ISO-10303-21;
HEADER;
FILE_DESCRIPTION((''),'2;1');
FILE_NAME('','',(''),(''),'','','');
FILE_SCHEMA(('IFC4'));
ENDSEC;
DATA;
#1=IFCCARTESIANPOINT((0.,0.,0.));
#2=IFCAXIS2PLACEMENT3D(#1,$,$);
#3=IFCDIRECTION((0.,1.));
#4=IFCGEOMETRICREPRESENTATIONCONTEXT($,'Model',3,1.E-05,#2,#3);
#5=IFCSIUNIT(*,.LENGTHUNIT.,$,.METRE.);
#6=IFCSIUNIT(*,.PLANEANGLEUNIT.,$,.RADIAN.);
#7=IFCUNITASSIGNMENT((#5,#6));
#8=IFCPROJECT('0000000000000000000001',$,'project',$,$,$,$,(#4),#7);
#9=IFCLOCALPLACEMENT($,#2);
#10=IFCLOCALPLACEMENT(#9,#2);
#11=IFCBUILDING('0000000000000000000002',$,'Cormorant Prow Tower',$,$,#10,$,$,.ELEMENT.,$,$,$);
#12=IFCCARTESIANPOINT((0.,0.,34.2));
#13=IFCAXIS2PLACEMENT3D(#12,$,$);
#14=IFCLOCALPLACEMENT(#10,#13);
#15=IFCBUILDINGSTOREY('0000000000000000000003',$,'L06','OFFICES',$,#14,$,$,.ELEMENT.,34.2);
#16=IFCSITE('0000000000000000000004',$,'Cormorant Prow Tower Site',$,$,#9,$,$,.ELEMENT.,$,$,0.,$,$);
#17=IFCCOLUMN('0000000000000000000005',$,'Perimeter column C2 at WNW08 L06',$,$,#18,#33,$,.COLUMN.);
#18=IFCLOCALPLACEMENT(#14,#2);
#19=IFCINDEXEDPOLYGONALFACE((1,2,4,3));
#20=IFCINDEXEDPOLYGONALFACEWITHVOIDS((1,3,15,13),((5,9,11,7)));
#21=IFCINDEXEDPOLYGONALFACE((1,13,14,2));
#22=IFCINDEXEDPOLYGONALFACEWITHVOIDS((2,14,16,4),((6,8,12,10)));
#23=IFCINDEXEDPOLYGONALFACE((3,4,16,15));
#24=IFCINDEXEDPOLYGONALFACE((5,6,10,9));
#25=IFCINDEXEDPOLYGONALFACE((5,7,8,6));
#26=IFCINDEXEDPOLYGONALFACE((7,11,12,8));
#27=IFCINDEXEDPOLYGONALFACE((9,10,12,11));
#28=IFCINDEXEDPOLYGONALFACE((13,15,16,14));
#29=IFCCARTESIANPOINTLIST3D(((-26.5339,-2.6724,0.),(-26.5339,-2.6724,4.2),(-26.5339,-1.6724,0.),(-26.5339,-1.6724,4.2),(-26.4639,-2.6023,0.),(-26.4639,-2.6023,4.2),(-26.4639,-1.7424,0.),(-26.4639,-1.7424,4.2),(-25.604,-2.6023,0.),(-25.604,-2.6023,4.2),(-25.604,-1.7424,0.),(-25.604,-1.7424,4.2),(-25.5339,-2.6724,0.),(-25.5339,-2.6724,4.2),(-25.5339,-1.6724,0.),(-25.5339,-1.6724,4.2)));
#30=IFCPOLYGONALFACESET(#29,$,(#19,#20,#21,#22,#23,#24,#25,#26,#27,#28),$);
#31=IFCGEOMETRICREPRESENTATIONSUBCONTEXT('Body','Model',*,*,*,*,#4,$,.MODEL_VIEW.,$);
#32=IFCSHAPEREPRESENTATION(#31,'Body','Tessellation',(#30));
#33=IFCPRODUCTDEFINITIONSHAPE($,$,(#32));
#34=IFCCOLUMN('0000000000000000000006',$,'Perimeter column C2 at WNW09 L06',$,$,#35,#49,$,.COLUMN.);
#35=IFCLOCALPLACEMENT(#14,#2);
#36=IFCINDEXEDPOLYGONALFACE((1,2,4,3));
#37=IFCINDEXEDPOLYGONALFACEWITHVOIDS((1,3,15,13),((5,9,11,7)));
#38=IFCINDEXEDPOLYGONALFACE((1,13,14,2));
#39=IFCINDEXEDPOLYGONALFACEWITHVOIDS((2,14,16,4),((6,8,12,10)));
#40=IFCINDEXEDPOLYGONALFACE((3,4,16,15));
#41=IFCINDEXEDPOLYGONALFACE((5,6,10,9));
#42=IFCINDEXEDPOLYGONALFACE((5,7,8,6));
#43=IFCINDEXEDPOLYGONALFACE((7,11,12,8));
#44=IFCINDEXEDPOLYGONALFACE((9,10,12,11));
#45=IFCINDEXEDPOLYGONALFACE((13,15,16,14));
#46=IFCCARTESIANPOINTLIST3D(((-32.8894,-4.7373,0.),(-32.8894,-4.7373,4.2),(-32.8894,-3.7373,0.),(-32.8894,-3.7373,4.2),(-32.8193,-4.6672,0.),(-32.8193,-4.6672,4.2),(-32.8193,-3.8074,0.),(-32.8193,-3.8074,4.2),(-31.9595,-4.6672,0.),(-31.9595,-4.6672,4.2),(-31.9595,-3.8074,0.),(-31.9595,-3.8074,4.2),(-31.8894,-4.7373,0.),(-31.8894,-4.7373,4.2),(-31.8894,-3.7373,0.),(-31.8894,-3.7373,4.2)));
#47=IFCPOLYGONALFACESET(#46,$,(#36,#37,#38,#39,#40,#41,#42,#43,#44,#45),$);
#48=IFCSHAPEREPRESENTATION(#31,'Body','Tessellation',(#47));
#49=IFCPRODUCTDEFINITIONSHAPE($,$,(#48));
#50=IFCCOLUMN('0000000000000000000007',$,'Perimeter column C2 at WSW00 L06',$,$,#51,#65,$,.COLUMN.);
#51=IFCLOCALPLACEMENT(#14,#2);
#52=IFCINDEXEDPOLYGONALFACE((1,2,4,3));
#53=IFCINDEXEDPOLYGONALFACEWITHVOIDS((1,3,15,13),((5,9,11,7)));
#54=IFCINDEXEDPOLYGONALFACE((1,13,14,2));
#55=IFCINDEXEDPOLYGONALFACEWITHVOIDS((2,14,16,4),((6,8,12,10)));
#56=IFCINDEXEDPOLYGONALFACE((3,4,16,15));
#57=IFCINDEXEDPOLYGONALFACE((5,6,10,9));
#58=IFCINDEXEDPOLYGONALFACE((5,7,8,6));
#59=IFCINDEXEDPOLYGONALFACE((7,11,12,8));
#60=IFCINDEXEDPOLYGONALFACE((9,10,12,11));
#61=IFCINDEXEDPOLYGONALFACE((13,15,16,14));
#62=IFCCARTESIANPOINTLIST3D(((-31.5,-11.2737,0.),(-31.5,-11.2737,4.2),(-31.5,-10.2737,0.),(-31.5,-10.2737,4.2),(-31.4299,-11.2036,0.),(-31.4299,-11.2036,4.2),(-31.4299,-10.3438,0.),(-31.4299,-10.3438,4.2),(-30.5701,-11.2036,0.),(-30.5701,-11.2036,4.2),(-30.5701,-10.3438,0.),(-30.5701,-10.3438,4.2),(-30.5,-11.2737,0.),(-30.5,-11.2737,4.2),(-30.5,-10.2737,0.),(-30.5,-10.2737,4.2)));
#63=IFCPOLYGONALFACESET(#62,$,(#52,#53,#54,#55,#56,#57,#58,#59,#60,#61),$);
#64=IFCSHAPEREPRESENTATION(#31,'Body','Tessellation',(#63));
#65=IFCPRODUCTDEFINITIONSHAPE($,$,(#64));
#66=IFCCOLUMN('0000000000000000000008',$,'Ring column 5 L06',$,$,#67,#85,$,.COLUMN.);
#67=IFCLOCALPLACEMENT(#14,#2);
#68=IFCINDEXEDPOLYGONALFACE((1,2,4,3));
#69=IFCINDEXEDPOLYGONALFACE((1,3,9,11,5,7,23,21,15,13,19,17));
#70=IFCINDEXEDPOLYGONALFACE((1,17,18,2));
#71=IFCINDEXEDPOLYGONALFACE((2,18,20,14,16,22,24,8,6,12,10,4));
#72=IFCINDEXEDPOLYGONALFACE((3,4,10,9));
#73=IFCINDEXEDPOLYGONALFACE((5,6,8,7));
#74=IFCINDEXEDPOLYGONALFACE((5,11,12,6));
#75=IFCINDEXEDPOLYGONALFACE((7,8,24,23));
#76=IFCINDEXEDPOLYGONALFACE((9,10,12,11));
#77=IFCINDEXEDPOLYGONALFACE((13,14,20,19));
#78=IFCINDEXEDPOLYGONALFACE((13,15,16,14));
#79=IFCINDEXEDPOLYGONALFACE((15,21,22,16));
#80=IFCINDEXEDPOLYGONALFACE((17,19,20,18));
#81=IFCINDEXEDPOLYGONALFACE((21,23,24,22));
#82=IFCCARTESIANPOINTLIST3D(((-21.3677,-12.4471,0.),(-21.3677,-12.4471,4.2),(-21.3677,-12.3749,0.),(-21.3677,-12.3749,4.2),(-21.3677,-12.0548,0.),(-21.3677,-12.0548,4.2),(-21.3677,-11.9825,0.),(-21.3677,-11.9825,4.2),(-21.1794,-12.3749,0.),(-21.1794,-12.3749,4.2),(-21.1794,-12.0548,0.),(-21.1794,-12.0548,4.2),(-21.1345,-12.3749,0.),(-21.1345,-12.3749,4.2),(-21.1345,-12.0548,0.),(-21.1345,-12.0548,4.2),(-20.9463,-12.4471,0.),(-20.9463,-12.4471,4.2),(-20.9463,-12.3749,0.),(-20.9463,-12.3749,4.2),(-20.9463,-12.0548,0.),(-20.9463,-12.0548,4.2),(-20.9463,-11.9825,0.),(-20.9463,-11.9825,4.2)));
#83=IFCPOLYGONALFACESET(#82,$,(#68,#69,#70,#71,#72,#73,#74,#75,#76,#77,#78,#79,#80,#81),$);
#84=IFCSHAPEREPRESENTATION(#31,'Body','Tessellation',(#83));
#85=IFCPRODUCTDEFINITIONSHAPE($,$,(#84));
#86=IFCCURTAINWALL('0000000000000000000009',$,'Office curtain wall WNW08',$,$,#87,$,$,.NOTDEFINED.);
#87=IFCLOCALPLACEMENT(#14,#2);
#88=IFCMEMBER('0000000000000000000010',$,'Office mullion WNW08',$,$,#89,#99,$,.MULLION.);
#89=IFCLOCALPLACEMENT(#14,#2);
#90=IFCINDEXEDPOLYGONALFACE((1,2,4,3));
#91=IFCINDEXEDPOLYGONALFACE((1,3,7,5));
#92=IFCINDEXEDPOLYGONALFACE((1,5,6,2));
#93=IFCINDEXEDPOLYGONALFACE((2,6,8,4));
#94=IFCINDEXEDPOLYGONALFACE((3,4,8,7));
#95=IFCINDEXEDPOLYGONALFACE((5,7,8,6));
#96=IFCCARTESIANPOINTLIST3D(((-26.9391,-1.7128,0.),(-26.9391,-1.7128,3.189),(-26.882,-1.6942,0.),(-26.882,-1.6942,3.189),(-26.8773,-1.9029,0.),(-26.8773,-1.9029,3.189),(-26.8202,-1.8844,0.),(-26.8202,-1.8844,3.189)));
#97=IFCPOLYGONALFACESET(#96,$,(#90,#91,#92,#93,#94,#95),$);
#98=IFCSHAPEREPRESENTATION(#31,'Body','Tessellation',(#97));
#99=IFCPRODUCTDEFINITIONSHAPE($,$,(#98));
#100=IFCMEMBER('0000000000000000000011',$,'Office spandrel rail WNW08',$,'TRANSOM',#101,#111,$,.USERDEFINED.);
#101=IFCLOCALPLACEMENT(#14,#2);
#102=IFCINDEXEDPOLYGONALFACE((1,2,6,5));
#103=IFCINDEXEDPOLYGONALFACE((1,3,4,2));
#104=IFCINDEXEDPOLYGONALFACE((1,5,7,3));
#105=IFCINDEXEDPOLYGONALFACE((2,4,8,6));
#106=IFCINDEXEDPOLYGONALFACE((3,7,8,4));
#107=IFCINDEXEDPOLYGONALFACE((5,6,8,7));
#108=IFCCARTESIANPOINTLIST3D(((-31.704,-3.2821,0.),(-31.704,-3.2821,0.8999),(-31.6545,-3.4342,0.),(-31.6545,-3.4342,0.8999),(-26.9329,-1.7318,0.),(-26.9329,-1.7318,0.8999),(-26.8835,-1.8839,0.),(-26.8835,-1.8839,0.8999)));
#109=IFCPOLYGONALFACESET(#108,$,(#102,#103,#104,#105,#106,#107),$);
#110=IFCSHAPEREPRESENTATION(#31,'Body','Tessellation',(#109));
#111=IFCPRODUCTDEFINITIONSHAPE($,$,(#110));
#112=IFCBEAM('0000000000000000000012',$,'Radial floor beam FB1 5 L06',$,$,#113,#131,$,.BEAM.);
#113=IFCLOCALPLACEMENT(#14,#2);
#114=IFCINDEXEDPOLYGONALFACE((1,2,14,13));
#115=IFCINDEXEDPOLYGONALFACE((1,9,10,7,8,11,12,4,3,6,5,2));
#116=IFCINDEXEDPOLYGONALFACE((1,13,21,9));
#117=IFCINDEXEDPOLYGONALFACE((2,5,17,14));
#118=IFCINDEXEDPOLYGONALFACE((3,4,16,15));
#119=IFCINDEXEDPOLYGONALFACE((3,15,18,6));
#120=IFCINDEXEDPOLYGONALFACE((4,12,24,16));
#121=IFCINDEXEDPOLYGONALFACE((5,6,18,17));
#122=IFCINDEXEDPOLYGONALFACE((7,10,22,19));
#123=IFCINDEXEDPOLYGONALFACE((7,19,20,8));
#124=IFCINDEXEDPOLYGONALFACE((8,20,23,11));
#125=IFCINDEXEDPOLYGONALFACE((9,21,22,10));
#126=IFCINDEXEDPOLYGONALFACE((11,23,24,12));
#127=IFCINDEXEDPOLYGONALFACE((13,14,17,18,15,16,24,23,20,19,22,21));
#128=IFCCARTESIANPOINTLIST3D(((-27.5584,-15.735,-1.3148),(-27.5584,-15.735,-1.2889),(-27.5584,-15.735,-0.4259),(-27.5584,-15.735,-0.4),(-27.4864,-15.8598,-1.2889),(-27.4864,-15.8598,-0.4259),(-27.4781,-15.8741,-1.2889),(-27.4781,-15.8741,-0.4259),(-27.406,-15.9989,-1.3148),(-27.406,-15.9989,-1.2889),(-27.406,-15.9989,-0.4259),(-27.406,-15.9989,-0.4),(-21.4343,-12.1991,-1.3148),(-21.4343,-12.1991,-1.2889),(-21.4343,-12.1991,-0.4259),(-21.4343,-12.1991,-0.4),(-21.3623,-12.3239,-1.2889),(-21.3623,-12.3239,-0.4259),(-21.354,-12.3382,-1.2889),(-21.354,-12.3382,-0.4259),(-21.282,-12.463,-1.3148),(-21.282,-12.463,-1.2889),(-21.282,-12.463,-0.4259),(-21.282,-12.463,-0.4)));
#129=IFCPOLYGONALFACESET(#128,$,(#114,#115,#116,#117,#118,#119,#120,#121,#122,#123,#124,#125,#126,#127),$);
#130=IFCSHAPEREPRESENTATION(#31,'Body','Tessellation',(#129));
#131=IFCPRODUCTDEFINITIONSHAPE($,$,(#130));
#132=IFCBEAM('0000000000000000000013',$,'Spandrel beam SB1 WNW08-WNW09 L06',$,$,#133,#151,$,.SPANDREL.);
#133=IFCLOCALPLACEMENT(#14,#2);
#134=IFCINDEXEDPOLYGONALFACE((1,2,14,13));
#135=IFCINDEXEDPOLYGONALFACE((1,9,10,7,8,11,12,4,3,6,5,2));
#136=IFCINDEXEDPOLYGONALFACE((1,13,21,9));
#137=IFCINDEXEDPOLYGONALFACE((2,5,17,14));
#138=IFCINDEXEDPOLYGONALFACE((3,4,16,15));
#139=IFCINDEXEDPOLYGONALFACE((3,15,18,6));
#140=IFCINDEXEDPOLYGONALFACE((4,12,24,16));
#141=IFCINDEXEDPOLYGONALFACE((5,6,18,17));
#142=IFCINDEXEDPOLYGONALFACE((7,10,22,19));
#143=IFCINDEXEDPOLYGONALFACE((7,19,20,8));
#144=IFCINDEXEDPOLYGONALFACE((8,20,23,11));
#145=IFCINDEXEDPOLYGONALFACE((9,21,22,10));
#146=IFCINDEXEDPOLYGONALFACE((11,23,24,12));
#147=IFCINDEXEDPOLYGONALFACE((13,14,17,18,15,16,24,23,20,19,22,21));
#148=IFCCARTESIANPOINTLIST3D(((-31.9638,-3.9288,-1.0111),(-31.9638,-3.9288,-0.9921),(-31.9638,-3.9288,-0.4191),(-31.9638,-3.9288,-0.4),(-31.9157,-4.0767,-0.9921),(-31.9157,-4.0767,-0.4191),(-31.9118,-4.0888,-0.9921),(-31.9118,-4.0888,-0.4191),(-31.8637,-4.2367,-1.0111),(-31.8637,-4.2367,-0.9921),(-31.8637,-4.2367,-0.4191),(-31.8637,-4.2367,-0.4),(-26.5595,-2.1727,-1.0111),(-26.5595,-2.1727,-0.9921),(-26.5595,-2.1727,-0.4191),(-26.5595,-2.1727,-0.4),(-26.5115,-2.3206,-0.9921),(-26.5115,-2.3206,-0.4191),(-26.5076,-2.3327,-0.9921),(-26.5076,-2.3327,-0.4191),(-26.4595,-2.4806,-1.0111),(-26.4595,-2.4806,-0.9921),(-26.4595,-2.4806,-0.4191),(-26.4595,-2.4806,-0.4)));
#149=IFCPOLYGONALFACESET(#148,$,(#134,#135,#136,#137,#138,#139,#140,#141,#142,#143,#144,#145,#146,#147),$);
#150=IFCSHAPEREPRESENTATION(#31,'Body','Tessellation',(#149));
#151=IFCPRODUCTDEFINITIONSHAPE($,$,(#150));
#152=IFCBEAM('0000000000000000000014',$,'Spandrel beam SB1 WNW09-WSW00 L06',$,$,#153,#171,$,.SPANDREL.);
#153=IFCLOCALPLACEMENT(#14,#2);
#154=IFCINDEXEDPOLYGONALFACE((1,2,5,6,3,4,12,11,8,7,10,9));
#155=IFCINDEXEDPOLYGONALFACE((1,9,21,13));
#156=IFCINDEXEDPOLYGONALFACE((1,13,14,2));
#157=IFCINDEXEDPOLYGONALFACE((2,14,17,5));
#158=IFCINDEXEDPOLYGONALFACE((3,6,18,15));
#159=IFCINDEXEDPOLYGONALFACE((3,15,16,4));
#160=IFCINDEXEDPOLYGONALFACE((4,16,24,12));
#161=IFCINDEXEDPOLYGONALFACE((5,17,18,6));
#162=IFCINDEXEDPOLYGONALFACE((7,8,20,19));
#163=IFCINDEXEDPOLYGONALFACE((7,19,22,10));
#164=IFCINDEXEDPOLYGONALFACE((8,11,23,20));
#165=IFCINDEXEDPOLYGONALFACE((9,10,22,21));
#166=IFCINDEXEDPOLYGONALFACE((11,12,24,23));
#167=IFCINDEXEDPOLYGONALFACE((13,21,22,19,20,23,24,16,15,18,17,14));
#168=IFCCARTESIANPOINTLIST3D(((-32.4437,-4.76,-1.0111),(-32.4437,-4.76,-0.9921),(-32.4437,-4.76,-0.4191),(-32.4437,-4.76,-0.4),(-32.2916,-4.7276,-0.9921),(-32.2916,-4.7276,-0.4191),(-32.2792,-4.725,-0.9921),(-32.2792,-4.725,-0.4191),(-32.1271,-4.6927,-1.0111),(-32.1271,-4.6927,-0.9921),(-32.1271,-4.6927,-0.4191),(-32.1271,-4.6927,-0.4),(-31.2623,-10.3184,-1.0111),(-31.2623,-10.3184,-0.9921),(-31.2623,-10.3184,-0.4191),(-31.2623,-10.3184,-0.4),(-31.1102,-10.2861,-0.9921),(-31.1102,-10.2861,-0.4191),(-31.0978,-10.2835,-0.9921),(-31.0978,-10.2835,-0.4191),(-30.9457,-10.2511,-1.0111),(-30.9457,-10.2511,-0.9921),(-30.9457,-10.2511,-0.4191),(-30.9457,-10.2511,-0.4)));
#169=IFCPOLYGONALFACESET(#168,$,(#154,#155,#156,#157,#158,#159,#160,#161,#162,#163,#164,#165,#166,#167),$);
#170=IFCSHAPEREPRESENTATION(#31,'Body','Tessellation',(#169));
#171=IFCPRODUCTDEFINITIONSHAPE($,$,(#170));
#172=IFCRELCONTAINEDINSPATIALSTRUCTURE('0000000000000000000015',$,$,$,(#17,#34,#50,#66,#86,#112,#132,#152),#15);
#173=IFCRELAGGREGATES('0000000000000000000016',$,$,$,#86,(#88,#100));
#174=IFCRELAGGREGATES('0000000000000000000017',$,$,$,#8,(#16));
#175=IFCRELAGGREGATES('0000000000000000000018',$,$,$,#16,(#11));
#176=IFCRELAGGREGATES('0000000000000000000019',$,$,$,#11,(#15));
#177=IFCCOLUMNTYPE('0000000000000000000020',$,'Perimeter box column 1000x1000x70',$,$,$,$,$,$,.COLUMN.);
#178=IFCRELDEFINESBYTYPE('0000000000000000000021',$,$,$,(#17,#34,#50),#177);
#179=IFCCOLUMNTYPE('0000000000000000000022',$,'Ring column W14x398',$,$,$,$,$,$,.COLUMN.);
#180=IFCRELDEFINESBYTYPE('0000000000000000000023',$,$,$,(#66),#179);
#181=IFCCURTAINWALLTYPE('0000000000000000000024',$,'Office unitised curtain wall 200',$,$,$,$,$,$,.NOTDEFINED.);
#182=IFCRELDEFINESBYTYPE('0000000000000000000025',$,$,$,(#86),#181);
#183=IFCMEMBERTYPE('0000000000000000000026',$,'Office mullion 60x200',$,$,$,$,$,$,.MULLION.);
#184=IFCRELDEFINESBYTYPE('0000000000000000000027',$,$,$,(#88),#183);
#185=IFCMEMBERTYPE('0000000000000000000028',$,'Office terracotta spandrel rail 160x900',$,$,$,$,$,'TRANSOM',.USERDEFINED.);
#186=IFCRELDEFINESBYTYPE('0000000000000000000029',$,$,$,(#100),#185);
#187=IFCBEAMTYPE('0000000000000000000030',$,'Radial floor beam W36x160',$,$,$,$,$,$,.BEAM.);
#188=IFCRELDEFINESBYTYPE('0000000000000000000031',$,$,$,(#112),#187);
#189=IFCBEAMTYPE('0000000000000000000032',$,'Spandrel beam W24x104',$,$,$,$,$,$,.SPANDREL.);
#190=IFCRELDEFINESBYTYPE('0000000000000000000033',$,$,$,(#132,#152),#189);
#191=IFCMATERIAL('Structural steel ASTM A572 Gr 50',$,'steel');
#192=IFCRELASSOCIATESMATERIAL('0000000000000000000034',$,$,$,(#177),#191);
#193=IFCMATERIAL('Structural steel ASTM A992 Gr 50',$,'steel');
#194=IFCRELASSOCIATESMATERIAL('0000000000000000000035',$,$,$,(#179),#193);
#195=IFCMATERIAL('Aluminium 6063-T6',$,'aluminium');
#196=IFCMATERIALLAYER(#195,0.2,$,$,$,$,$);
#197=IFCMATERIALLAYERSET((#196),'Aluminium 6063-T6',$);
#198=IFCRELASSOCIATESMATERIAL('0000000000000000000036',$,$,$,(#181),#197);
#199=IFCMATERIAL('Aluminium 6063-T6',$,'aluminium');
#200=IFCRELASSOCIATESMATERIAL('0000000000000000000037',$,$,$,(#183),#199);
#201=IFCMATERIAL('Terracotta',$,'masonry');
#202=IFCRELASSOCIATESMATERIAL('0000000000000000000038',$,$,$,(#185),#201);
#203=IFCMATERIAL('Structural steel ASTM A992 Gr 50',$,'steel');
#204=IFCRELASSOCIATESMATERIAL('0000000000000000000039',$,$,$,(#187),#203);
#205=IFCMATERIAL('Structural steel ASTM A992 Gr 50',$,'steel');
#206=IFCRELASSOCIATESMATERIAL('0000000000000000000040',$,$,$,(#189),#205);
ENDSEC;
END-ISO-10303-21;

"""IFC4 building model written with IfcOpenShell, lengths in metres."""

from ifc_helpers import new_model, si_unit, direction, frame, origin, origin_2d, place, context, subcontext, project, spatial, rectangle, hollow_rectangle, i_section, extrude, material, layer, layer_set, material_profile, profile_set, type_object, element, aggregate, save


model = new_model("IFC4")

# Units and contexts
model_context = context("Model", 3, precision=1e-05, world=origin(), true_north=direction((0.0, 1.0)))
body_context = subcontext(model_context, "Body", "Model", "MODEL_VIEW")
ifc_project = project(units=[si_unit("LENGTHUNIT", "METRE"), si_unit("PLANEANGLEUNIT", "RADIAN")], contexts=[model_context])

# Site, building, storey
site_placement = place(None, origin())
site = spatial("IfcSite", under=ifc_project, at=site_placement, Name="Cormorant Prow Tower Site", CompositionType="ELEMENT", RefElevation=0.0)
building_placement = place(site_placement, origin())
building = spatial("IfcBuilding", under=site, at=building_placement, Name="Cormorant Prow Tower", CompositionType="ELEMENT")
storey_placement = place(building_placement, frame((0.0, 0.0, 34.2)))
storey = spatial("IfcBuildingStorey", under=building, at=storey_placement, Name="L06", Description="OFFICES", CompositionType="ELEMENT", Elevation=34.2)

# Columns
ifc_material_1 = material(Name="Structural steel ASTM A572 Gr 50", Category="steel")
ifc_material_profile_1 = material_profile(ifc_material_1, hollow_rectangle(XDim=1.0, YDim=1.0, WallThickness=0.0701, at=origin_2d()), Name="Box 1000x1000x70")
ifc_profile_set_1 = profile_set([ifc_material_profile_1], Name="Structural steel ASTM A572 Gr 50")
column_type_1 = type_object("IfcColumnType", Name="Perimeter box column 1000x1000x70", PredefinedType="COLUMN", material=ifc_profile_set_1)
for number, where, z_axis, x_axis, name in (
    (1, (-26.0339, -2.1724, 0.0), (0.0, 0.0, 1.0), (1.0, 0.0, 0.0), "Perimeter column C2 at WNW08 L06"),
    (2, (-32.3894, -4.2373, 0.0), (0.0, 0.0, 1.0), (1.0, 0.0, 0.0), "Perimeter column C2 at WNW09 L06"),
    (3, (-31.0, -10.7737, 0.0), (0.0, 0.0, 1.0), (1.0, 0.0, 0.0), "Perimeter column C2 at WSW00 L06"),
):
    element("IfcColumn", number, at=place(storey_placement, frame(where, z_axis=z_axis, x_axis=x_axis)), inside=storey, type_object=column_type_1, Name=name, PredefinedType="COLUMN", context=body_context, shape_type="SweptSolid", body=[
        extrude(hollow_rectangle(XDim=1.0, YDim=1.0, WallThickness=0.0701, at=origin_2d()), origin(), (0.0, 0.0, 1.0), 4.2),
    ])
ifc_material_2 = material(Name="Structural steel ASTM A992 Gr 50", Category="steel")
ifc_material_profile_2 = material_profile(ifc_material_2, i_section(OverallWidth=0.4214, OverallDepth=0.4646, WebThickness=0.0449, FlangeThickness=0.0723, at=origin_2d()), Name="W14x398")
ifc_profile_set_2 = profile_set([ifc_material_profile_2], Name="Structural steel ASTM A992 Gr 50")
column_type_2 = type_object("IfcColumnType", Name="Ring column W14x398", PredefinedType="COLUMN", material=ifc_profile_set_2)
column_placement = place(storey_placement, frame((-21.157, -12.2148, 0.0), z_axis=(0.0, 0.0, 1.0), x_axis=(1.0, 0.0, 0.0)))
element("IfcColumn", 4, at=column_placement, inside=storey, type_object=column_type_2, Name="Ring column 5 L06", PredefinedType="COLUMN", context=body_context, shape_type="SweptSolid", body=[
    extrude(i_section(OverallWidth=0.4214, OverallDepth=0.4646, WebThickness=0.0449, FlangeThickness=0.0723, at=origin_2d()), origin(), (0.0, 0.0, 1.0), 4.2),
])

# Curtain wall, members
ifc_material_3 = material(Name="Aluminium 6063-T6", Category="aluminium")
ifc_layer_1 = layer(ifc_material_3, 0.2)
ifc_layer_set_1 = layer_set([ifc_layer_1], Name="Aluminium 6063-T6")
curtain_wall_type = type_object("IfcCurtainWallType", Name="Office unitised curtain wall 200", PredefinedType="NOTDEFINED", material=ifc_layer_set_1)
curtain_wall_placement = place(storey_placement, origin())
curtain_wall = element("IfcCurtainWall", 5, at=curtain_wall_placement, inside=storey, type_object=curtain_wall_type, Name="Office curtain wall WNW08", PredefinedType="NOTDEFINED")
ifc_material_4 = material(Name="Aluminium 6063-T6", Category="aluminium")
ifc_material_profile_3 = material_profile(ifc_material_4, rectangle(XDim=0.2, YDim=0.0601, at=origin_2d()), Name="Office mullion 60x200")
ifc_profile_set_3 = profile_set([ifc_material_profile_3], Name="Aluminium 6063-T6")
member_type_1 = type_object("IfcMemberType", Name="Office mullion 60x200", PredefinedType="MULLION", material=ifc_profile_set_3)
member_1_placement = place(storey_placement, frame((-26.8796, -1.7986, 0.0), z_axis=(0.0, 0.0, 1.0), x_axis=(0.309017, -0.951057, 0.0)))
member_1 = element("IfcMember", 6, at=member_1_placement, type_object=member_type_1, Name="Office mullion WNW08", PredefinedType="MULLION", context=body_context, shape_type="SweptSolid", body=[
    extrude(rectangle(XDim=0.2, YDim=0.0601, at=origin_2d()), origin(), (0.0, 0.0, 1.0), 3.189),
])
ifc_material_5 = material(Name="Terracotta", Category="masonry")
ifc_material_profile_4 = material_profile(ifc_material_5, rectangle(XDim=0.1599, YDim=0.8999, at=origin_2d()), Name="Office terracotta spandrel rail 160x900")
ifc_profile_set_4 = profile_set([ifc_material_profile_4], Name="Terracotta")
member_type_2 = type_object("IfcMemberType", Name="Office terracotta spandrel rail 160x900", ElementType="TRANSOM", PredefinedType="USERDEFINED", material=ifc_profile_set_4)
member_2_placement = place(storey_placement, frame((-26.9082, -1.8079, 0.45), z_axis=(-0.951051, -0.309035, 0.0), x_axis=(0.309035, -0.951051, 0.0)))
member_2 = element("IfcMember", 7, at=member_2_placement, type_object=member_type_2, Name="Office spandrel rail WNW08", ObjectType="TRANSOM", PredefinedType="USERDEFINED", context=body_context, shape_type="SweptSolid", body=[
    extrude(rectangle(XDim=0.1599, YDim=0.8999, at=origin_2d()), origin(), (0.0, 0.0, 1.0), 5.0166),
])

# Beams
ifc_material_6 = material(Name="Structural steel ASTM A992 Gr 50", Category="steel")
ifc_material_profile_5 = material_profile(ifc_material_6, i_section(OverallWidth=0.3047, OverallDepth=0.9148, WebThickness=0.0166, FlangeThickness=0.0259, at=origin_2d()), Name="W36x160")
ifc_profile_set_5 = profile_set([ifc_material_profile_5], Name="Structural steel ASTM A992 Gr 50")
beam_type_1 = type_object("IfcBeamType", Name="Radial floor beam W36x160", PredefinedType="BEAM", material=ifc_profile_set_5)
beam_1_placement = place(storey_placement, frame((-21.3582, -12.3311, -0.8574), z_axis=(-0.866014, -0.500019, 0.0), x_axis=(0.500019, -0.866014, 0.0)))
element("IfcBeam", 8, at=beam_1_placement, inside=storey, type_object=beam_type_1, Name="Radial floor beam FB1 5 L06", PredefinedType="BEAM", context=body_context, shape_type="SweptSolid", body=[
    extrude(i_section(OverallWidth=0.3047, OverallDepth=0.9148, WebThickness=0.0166, FlangeThickness=0.0259, at=origin_2d()), origin(), (0.0, 0.0, 1.0), 7.0715),
])
ifc_material_7 = material(Name="Structural steel ASTM A992 Gr 50", Category="steel")
ifc_material_profile_6 = material_profile(ifc_material_7, i_section(OverallWidth=0.3237, OverallDepth=0.6111, WebThickness=0.0127, FlangeThickness=0.019, at=origin_2d()), Name="W24x104")
ifc_profile_set_6 = profile_set([ifc_material_profile_6], Name="Structural steel ASTM A992 Gr 50")
beam_type_2 = type_object("IfcBeamType", Name="Spandrel beam W24x104", PredefinedType="SPANDREL", material=ifc_profile_set_6)
beam_2_placement = place(storey_placement, frame((-26.5095, -2.3267, -0.7056), z_axis=(-0.951049, -0.309039, 0.0), x_axis=(0.309039, -0.951049, 0.0)))
element("IfcBeam", 9, at=beam_2_placement, inside=storey, type_object=beam_type_2, Name="Spandrel beam SB1 WNW08-WNW09 L06", PredefinedType="SPANDREL", context=body_context, shape_type="SweptSolid", body=[
    extrude(i_section(OverallWidth=0.3237, OverallDepth=0.6111, WebThickness=0.0127, FlangeThickness=0.019, at=origin_2d()), origin(), (0.0, 0.0, 1.0), 5.6824),
])
beam_3_placement = place(storey_placement, frame((-32.2854, -4.7263, -0.7056), z_axis=(0.2079, -0.97815, 0.0), x_axis=(0.97815, 0.2079, 0.0)))
element("IfcBeam", 10, at=beam_3_placement, inside=storey, type_object=beam_type_2, Name="Spandrel beam SB1 WNW09-WSW00 L06", PredefinedType="SPANDREL", context=body_context, shape_type="SweptSolid", body=[
    extrude(i_section(OverallWidth=0.3237, OverallDepth=0.6111, WebThickness=0.0127, FlangeThickness=0.019, at=origin_2d()), origin(), (0.0, 0.0, 1.0), 5.6826),
])

aggregate(curtain_wall, [member_1, member_2])

save(model, "model.ifc")
